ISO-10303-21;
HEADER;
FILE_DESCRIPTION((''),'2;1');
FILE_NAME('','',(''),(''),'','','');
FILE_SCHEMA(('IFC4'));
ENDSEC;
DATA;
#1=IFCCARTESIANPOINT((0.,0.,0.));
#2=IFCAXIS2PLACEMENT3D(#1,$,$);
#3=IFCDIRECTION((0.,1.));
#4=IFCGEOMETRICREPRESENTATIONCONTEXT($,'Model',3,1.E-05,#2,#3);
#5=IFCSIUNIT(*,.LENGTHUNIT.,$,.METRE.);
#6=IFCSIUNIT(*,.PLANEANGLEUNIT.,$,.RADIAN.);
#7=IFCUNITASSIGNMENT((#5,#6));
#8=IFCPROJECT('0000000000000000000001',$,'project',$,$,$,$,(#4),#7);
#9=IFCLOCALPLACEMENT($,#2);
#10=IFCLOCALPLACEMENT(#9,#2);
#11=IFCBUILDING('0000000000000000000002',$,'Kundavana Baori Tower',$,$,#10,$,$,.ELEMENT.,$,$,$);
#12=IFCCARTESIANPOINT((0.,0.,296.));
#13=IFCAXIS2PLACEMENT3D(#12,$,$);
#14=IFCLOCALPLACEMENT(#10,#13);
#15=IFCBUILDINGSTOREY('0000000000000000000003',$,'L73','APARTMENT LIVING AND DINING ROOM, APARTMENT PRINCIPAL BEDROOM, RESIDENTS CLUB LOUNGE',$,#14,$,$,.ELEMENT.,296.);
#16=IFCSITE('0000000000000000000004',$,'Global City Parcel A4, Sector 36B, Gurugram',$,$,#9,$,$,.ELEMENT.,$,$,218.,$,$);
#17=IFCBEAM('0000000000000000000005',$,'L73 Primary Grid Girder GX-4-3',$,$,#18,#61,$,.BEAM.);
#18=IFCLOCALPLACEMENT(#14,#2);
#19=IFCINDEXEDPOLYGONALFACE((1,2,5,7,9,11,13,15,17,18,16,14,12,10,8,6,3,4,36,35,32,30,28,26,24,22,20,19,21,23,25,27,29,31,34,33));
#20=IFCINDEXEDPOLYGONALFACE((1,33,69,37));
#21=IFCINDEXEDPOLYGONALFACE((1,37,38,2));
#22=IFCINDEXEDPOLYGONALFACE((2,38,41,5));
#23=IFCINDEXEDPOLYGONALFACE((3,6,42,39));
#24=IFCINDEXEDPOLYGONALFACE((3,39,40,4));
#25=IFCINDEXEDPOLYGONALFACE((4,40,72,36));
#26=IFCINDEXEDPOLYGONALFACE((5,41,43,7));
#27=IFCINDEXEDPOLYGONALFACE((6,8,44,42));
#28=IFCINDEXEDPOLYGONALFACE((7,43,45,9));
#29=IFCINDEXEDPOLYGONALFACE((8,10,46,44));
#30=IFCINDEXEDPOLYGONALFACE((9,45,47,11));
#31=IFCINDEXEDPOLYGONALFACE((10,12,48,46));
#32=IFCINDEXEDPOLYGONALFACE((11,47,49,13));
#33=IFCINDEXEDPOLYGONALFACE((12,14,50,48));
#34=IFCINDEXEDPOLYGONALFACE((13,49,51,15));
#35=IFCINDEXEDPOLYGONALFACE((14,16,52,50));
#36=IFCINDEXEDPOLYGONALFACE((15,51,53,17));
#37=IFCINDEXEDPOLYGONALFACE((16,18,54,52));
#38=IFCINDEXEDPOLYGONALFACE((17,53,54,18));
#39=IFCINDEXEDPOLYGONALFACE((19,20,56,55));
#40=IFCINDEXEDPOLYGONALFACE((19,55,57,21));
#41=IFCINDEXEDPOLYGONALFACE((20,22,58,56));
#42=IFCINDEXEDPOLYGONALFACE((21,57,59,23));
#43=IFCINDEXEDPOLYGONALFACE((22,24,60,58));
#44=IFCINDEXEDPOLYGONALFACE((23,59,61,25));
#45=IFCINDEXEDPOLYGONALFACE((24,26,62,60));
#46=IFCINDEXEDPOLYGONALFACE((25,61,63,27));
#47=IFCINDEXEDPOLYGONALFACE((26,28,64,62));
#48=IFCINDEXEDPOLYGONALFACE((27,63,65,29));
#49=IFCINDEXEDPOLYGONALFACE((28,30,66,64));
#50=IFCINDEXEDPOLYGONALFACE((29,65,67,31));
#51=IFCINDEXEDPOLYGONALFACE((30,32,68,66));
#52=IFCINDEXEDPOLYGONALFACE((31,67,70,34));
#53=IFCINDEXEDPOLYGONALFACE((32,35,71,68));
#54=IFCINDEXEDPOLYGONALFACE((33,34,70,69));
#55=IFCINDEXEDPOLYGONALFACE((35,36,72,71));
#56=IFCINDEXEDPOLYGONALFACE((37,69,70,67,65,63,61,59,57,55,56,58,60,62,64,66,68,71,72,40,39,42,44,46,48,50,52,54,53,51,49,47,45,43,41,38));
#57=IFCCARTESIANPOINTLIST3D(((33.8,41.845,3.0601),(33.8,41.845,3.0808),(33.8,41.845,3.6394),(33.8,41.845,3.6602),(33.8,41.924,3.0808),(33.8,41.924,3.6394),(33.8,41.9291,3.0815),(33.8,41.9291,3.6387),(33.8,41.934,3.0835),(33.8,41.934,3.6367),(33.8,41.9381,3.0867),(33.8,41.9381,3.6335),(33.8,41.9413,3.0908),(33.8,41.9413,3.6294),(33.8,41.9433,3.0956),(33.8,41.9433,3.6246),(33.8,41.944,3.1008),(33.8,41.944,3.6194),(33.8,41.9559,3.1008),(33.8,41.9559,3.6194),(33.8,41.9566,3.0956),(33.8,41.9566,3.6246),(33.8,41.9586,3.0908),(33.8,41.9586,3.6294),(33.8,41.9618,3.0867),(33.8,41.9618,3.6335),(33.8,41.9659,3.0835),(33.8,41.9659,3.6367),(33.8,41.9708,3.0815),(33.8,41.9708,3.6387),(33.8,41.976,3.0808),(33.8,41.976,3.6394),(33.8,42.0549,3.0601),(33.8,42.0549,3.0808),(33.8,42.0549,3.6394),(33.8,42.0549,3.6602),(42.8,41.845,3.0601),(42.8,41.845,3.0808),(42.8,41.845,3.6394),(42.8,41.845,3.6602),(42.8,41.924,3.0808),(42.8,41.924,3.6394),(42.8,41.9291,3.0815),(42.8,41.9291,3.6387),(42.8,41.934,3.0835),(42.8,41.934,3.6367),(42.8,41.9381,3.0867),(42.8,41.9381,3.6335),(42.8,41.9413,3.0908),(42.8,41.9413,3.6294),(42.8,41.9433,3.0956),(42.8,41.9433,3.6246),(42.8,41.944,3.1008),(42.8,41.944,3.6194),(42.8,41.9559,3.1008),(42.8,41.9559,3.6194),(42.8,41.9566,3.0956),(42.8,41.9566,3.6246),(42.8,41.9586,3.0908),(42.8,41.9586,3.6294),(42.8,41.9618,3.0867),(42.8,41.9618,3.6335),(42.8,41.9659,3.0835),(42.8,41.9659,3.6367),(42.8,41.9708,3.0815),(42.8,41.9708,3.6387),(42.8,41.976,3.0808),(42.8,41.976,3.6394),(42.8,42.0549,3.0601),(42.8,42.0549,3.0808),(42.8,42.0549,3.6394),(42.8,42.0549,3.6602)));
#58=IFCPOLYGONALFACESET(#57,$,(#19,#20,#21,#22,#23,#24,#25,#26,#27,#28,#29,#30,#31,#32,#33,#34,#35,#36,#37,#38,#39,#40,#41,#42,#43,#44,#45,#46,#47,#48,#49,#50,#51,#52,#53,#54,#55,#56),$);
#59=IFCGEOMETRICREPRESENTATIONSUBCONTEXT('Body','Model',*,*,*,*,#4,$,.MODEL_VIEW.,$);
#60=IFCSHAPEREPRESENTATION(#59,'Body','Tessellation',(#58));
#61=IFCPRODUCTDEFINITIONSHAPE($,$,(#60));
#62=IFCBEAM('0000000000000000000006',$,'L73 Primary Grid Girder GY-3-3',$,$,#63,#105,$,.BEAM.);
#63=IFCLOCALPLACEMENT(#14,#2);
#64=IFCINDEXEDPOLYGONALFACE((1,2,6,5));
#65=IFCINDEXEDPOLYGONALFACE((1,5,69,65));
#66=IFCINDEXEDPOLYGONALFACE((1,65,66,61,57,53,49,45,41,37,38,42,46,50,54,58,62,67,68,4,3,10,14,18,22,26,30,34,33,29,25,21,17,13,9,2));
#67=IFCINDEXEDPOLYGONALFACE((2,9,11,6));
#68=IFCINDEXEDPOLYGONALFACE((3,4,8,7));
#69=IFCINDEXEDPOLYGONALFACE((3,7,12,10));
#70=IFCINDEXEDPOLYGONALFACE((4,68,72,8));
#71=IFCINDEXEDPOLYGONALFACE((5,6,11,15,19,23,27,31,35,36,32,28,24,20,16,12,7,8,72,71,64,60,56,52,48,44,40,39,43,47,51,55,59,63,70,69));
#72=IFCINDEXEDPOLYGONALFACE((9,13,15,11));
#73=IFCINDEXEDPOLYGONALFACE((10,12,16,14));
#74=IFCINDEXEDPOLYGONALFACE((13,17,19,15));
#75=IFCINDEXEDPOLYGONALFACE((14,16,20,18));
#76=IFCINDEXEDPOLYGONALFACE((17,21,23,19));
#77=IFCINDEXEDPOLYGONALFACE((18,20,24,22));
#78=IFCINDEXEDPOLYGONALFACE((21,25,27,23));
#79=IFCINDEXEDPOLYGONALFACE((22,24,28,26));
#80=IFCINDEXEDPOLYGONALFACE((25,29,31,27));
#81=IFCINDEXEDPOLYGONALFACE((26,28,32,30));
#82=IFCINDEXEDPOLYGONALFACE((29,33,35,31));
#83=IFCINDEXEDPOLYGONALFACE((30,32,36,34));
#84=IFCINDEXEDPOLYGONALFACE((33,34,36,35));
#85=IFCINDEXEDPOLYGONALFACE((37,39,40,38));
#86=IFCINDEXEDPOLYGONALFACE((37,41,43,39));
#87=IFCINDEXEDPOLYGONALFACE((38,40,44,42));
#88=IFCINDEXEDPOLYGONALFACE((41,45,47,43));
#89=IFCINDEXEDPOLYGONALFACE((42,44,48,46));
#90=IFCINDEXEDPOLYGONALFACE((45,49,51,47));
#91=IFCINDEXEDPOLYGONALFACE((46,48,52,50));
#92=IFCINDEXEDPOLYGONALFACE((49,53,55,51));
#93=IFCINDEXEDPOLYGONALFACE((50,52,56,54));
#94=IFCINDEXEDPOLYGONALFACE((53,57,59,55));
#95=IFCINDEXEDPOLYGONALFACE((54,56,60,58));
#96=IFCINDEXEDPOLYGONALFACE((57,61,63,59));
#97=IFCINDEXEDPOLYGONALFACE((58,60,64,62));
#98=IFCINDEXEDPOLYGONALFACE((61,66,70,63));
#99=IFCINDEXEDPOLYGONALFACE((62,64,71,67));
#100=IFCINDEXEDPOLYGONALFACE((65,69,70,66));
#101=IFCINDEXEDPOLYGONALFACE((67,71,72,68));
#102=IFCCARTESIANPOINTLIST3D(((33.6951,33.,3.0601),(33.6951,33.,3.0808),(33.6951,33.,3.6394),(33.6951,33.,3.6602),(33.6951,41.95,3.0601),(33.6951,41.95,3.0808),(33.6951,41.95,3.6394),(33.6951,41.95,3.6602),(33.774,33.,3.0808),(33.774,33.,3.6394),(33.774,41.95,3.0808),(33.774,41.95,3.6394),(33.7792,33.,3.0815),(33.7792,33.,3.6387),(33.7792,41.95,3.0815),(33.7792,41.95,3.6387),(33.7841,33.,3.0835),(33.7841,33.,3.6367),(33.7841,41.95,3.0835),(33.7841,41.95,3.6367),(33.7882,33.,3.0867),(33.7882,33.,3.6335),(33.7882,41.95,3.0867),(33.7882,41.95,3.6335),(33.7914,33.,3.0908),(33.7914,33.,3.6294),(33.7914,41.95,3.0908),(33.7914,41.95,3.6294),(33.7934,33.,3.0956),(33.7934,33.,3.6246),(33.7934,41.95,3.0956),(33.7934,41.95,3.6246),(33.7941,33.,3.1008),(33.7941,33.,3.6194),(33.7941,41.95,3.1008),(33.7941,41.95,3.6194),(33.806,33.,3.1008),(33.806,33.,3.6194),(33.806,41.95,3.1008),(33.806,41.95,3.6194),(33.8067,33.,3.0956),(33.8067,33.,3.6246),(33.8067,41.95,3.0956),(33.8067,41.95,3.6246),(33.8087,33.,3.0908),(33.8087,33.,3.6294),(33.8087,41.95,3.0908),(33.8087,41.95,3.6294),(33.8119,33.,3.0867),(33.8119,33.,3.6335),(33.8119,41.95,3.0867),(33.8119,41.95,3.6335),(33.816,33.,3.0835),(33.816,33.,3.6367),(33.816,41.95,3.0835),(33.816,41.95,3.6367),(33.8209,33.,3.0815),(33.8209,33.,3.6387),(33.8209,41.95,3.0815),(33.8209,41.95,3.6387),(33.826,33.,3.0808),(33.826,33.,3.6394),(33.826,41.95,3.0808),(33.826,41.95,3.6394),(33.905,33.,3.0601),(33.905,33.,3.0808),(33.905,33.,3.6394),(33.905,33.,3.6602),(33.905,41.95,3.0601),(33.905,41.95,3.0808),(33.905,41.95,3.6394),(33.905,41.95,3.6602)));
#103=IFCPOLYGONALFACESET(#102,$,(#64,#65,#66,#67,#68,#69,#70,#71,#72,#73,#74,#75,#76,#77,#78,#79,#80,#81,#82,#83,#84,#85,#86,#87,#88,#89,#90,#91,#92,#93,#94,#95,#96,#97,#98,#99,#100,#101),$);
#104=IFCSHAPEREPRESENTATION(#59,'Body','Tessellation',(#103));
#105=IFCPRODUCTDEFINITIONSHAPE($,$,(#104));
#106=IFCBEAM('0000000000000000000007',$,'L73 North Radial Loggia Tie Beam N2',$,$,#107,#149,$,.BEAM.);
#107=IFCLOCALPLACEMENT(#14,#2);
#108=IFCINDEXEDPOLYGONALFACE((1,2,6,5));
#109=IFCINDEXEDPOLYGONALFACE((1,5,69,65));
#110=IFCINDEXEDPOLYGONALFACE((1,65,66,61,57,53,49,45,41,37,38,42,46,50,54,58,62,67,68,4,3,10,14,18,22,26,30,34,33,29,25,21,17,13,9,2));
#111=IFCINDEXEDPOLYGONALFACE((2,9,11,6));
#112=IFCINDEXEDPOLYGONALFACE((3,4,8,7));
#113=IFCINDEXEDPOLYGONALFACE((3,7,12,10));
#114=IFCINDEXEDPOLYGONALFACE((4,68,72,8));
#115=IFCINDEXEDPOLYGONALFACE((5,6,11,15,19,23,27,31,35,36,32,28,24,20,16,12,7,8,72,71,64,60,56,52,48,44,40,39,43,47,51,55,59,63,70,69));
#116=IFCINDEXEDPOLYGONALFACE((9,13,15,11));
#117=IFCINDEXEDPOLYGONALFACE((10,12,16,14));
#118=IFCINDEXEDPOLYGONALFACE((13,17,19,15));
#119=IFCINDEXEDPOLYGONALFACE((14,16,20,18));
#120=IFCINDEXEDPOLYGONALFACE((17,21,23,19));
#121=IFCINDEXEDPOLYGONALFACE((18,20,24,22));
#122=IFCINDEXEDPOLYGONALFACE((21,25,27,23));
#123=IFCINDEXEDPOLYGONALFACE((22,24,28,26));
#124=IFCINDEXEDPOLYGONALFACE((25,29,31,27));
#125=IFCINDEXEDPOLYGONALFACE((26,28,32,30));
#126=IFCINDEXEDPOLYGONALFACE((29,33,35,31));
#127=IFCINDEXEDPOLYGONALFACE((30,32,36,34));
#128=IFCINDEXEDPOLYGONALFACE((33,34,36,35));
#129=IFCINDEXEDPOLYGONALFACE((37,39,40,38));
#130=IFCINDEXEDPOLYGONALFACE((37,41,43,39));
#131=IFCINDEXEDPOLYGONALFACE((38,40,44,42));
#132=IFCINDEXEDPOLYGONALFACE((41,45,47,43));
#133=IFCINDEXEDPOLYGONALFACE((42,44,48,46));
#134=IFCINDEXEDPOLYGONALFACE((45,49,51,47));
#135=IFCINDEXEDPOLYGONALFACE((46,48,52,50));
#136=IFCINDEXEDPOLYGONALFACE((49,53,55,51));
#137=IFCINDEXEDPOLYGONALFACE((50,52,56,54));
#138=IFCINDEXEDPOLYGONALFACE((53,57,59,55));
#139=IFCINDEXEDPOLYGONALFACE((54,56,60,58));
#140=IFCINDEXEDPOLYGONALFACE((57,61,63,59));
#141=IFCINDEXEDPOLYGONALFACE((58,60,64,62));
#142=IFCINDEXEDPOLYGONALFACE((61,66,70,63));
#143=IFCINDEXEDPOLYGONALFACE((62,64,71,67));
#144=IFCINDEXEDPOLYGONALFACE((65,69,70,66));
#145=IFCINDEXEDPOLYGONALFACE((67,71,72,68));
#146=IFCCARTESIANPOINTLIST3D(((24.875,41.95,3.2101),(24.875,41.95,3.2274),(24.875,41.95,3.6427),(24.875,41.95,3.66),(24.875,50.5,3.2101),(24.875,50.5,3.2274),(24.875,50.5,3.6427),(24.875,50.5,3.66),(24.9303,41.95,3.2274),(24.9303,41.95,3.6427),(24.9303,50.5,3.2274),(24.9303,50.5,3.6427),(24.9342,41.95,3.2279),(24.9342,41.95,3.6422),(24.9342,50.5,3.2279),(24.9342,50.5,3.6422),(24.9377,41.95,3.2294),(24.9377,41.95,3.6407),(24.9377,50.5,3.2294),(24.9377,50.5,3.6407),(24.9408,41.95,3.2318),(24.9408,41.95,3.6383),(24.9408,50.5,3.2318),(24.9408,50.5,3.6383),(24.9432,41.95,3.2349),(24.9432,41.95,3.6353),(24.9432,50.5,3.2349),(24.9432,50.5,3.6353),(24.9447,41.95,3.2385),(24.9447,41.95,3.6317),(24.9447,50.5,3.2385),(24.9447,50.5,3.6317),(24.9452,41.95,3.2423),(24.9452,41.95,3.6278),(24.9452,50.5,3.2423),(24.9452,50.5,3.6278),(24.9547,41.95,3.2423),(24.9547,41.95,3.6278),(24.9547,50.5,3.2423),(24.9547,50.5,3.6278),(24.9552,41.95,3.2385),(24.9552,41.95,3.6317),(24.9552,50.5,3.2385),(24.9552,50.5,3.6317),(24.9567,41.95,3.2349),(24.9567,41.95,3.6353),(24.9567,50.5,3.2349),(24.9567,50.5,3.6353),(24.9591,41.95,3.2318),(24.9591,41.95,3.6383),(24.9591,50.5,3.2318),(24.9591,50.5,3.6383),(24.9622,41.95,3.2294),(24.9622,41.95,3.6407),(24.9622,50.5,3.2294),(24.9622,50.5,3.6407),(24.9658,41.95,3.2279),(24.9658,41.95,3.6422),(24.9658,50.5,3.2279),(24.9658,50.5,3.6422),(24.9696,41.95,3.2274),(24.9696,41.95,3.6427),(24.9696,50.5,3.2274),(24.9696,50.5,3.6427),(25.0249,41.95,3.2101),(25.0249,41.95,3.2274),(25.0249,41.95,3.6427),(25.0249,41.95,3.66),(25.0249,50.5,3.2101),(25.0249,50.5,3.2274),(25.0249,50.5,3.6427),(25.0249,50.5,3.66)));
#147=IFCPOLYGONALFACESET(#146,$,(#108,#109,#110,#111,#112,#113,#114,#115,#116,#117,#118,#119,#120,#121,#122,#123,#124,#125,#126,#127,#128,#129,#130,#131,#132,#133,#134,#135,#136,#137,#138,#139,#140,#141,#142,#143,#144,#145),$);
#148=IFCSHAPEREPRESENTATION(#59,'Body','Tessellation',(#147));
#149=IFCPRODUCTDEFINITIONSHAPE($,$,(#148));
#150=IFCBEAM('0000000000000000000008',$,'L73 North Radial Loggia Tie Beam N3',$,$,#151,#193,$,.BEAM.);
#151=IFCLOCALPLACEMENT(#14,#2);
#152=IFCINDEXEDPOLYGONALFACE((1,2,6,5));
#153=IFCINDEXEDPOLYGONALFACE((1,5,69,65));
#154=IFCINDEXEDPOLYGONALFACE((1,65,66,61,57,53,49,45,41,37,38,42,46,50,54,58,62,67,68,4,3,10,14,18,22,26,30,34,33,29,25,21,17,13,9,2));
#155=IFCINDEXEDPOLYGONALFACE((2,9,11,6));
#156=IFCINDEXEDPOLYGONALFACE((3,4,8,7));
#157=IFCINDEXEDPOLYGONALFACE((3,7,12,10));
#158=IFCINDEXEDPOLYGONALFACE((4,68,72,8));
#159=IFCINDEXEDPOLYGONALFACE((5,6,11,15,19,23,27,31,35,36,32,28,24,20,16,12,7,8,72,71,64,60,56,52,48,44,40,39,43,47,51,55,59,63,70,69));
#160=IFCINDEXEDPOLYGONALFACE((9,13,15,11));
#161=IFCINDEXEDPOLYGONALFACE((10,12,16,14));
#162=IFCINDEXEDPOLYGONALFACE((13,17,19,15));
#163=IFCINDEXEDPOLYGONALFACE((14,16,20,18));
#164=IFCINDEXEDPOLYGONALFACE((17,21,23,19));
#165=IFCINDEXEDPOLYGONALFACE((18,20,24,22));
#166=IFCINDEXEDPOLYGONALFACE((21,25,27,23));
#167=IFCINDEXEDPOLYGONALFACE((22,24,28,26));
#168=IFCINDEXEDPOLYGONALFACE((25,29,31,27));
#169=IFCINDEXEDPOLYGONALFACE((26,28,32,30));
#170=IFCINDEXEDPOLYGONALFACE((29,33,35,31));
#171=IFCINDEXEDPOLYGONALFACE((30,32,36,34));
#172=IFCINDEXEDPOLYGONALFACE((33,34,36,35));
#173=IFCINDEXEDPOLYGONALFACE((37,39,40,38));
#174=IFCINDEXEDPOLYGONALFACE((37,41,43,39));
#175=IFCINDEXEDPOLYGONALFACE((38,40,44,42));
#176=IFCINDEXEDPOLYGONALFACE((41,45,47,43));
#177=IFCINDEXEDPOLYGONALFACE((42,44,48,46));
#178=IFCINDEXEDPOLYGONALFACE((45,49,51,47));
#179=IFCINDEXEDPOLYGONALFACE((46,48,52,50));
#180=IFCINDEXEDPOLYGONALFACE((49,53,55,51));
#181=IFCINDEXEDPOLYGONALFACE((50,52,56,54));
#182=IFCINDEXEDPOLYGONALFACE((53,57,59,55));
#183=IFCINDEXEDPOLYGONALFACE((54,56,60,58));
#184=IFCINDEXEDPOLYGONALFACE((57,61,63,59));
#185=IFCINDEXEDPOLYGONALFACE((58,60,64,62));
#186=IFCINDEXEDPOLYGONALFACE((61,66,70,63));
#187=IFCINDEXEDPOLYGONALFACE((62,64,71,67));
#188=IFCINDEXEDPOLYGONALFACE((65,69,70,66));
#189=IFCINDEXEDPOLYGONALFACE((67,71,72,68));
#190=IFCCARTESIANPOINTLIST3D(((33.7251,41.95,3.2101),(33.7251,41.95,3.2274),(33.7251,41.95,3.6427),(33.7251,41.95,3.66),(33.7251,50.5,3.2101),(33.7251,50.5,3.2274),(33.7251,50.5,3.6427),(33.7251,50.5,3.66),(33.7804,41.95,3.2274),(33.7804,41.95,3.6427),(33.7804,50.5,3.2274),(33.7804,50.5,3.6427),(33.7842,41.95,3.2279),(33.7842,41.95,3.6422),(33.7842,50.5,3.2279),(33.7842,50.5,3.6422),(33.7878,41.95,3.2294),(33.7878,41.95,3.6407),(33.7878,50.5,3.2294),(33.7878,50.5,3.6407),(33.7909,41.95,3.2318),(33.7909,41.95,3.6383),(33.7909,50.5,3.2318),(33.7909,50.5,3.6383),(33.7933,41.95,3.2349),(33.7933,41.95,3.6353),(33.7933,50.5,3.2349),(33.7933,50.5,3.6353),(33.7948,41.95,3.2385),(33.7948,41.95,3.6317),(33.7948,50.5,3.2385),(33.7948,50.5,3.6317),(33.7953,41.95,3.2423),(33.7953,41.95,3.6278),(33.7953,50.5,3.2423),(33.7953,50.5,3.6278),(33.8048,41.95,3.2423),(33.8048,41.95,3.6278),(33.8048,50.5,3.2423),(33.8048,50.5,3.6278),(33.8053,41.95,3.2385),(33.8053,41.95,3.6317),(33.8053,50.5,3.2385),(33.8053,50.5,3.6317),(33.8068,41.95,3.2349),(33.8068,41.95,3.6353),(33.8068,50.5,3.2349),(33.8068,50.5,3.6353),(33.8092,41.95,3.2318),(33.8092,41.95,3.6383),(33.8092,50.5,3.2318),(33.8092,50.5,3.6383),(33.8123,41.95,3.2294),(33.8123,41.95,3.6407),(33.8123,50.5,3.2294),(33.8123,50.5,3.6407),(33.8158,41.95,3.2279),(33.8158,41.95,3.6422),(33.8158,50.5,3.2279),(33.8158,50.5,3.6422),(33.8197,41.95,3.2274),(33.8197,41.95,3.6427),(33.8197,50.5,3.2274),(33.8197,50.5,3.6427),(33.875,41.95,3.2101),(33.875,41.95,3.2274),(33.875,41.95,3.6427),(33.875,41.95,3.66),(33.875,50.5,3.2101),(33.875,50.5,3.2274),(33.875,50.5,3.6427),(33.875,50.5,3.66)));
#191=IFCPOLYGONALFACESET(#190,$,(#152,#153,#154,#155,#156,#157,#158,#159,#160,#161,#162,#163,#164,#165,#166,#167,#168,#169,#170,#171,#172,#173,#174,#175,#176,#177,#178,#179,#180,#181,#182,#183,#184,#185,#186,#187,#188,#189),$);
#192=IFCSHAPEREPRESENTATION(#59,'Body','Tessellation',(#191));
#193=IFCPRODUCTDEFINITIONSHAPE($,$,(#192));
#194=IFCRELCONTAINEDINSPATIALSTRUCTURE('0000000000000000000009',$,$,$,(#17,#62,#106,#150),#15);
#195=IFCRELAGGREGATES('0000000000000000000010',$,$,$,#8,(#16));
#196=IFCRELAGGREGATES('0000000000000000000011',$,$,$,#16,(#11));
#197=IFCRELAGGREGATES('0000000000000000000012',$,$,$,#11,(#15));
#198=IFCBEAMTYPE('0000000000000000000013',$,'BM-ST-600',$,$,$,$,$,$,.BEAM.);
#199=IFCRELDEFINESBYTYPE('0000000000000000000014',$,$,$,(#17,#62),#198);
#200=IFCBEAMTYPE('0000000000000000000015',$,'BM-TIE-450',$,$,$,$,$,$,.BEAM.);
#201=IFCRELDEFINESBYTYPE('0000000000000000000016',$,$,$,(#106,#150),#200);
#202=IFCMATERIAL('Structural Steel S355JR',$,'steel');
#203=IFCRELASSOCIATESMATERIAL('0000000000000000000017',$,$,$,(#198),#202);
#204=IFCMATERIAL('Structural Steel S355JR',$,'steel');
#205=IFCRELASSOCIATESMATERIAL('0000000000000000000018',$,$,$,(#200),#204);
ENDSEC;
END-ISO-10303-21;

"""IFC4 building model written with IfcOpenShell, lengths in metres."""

from ifc_helpers import new_model, si_unit, direction, frame, origin, origin_2d, place, context, subcontext, project, spatial, i_section, extrude, material, material_profile, profile_set, type_object, element, save


model = new_model("IFC4")

# Units and contexts
model_context = context("Model", 3, precision=1e-05, world=origin(), true_north=direction((0.0, 1.0)))
body_context = subcontext(model_context, "Body", "Model", "MODEL_VIEW")
ifc_project = project(units=[si_unit("LENGTHUNIT", "METRE"), si_unit("PLANEANGLEUNIT", "RADIAN")], contexts=[model_context])

# Site, building, storey
site_placement = place(None, origin())
site = spatial("IfcSite", under=ifc_project, at=site_placement, Name="Global City Parcel A4, Sector 36B, Gurugram", CompositionType="ELEMENT", RefElevation=218.0)
building_placement = place(site_placement, origin())
building = spatial("IfcBuilding", under=site, at=building_placement, Name="Kundavana Baori Tower", CompositionType="ELEMENT")
storey_placement = place(building_placement, frame((0.0, 0.0, 296.0)))
storey = spatial("IfcBuildingStorey", under=building, at=storey_placement, Name="L73", Description="APARTMENT LIVING AND DINING ROOM, APARTMENT PRINCIPAL BEDROOM, RESIDENTS CLUB LOUNGE", CompositionType="ELEMENT", Elevation=296.0)

# Beams
ifc_material_1 = material(Name="Structural Steel S355JR", Category="steel")
ifc_material_profile_1 = material_profile(ifc_material_1, i_section(OverallWidth=0.21, OverallDepth=0.6001, WebThickness=0.012, FlangeThickness=0.0208, FilletRadius=0.02, at=origin_2d()), Name="ISMB 600")
ifc_profile_set_1 = profile_set([ifc_material_profile_1], Name="Structural Steel S355JR")
beam_type_1 = type_object("IfcBeamType", Name="BM-ST-600", PredefinedType="BEAM", material=ifc_profile_set_1)
beam_1_placement = place(storey_placement, frame((33.8, 41.95, 3.3601), z_axis=(1.0, 0.0, 0.0), x_axis=(0.0, 1.0, 0.0)))
element("IfcBeam", 1, at=beam_1_placement, inside=storey, type_object=beam_type_1, Name="L73 Primary Grid Girder GX-4-3", PredefinedType="BEAM", context=body_context, shape_type="SweptSolid", body=[
    extrude(i_section(OverallWidth=0.21, OverallDepth=0.6001, WebThickness=0.012, FlangeThickness=0.0208, FilletRadius=0.02, at=origin_2d()), origin(), (0.0, 0.0, 1.0), 9.0),
])
beam_2_placement = place(storey_placement, frame((33.8, 33.0, 3.3601), z_axis=(0.0, 1.0, 0.0), x_axis=(-1.0, 0.0, 0.0)))
element("IfcBeam", 2, at=beam_2_placement, inside=storey, type_object=beam_type_1, Name="L73 Primary Grid Girder GY-3-3", PredefinedType="BEAM", context=body_context, shape_type="SweptSolid", body=[
    extrude(i_section(OverallWidth=0.21, OverallDepth=0.6001, WebThickness=0.012, FlangeThickness=0.0208, FilletRadius=0.02, at=origin_2d()), origin(), (0.0, 0.0, 1.0), 8.95),
])
ifc_material_2 = material(Name="Structural Steel S355JR", Category="steel")
ifc_material_profile_2 = material_profile(ifc_material_2, i_section(OverallWidth=0.1499, OverallDepth=0.45, WebThickness=0.0095, FlangeThickness=0.0173, FilletRadius=0.0149, at=origin_2d()), Name="ISMB 450")
ifc_profile_set_2 = profile_set([ifc_material_profile_2], Name="Structural Steel S355JR")
beam_type_2 = type_object("IfcBeamType", Name="BM-TIE-450", PredefinedType="BEAM", material=ifc_profile_set_2)
for number, where, z_axis, x_axis, name in (
    (3, (24.95, 41.95, 3.4351), (0.0, 1.0, 0.0), (-1.0, 0.0, 0.0), "L73 North Radial Loggia Tie Beam N2"),
    (4, (33.8, 41.95, 3.4351), (0.0, 1.0, 0.0), (-1.0, 0.0, 0.0), "L73 North Radial Loggia Tie Beam N3"),
):
    element("IfcBeam", number, at=place(storey_placement, frame(where, z_axis=z_axis, x_axis=x_axis)), inside=storey, type_object=beam_type_2, Name=name, PredefinedType="BEAM", context=body_context, shape_type="SweptSolid", body=[
        extrude(i_section(OverallWidth=0.1499, OverallDepth=0.45, WebThickness=0.0095, FlangeThickness=0.0173, FilletRadius=0.0149, at=origin_2d()), origin(), (0.0, 0.0, 1.0), 8.55),
    ])

save(model, "model.ifc")
